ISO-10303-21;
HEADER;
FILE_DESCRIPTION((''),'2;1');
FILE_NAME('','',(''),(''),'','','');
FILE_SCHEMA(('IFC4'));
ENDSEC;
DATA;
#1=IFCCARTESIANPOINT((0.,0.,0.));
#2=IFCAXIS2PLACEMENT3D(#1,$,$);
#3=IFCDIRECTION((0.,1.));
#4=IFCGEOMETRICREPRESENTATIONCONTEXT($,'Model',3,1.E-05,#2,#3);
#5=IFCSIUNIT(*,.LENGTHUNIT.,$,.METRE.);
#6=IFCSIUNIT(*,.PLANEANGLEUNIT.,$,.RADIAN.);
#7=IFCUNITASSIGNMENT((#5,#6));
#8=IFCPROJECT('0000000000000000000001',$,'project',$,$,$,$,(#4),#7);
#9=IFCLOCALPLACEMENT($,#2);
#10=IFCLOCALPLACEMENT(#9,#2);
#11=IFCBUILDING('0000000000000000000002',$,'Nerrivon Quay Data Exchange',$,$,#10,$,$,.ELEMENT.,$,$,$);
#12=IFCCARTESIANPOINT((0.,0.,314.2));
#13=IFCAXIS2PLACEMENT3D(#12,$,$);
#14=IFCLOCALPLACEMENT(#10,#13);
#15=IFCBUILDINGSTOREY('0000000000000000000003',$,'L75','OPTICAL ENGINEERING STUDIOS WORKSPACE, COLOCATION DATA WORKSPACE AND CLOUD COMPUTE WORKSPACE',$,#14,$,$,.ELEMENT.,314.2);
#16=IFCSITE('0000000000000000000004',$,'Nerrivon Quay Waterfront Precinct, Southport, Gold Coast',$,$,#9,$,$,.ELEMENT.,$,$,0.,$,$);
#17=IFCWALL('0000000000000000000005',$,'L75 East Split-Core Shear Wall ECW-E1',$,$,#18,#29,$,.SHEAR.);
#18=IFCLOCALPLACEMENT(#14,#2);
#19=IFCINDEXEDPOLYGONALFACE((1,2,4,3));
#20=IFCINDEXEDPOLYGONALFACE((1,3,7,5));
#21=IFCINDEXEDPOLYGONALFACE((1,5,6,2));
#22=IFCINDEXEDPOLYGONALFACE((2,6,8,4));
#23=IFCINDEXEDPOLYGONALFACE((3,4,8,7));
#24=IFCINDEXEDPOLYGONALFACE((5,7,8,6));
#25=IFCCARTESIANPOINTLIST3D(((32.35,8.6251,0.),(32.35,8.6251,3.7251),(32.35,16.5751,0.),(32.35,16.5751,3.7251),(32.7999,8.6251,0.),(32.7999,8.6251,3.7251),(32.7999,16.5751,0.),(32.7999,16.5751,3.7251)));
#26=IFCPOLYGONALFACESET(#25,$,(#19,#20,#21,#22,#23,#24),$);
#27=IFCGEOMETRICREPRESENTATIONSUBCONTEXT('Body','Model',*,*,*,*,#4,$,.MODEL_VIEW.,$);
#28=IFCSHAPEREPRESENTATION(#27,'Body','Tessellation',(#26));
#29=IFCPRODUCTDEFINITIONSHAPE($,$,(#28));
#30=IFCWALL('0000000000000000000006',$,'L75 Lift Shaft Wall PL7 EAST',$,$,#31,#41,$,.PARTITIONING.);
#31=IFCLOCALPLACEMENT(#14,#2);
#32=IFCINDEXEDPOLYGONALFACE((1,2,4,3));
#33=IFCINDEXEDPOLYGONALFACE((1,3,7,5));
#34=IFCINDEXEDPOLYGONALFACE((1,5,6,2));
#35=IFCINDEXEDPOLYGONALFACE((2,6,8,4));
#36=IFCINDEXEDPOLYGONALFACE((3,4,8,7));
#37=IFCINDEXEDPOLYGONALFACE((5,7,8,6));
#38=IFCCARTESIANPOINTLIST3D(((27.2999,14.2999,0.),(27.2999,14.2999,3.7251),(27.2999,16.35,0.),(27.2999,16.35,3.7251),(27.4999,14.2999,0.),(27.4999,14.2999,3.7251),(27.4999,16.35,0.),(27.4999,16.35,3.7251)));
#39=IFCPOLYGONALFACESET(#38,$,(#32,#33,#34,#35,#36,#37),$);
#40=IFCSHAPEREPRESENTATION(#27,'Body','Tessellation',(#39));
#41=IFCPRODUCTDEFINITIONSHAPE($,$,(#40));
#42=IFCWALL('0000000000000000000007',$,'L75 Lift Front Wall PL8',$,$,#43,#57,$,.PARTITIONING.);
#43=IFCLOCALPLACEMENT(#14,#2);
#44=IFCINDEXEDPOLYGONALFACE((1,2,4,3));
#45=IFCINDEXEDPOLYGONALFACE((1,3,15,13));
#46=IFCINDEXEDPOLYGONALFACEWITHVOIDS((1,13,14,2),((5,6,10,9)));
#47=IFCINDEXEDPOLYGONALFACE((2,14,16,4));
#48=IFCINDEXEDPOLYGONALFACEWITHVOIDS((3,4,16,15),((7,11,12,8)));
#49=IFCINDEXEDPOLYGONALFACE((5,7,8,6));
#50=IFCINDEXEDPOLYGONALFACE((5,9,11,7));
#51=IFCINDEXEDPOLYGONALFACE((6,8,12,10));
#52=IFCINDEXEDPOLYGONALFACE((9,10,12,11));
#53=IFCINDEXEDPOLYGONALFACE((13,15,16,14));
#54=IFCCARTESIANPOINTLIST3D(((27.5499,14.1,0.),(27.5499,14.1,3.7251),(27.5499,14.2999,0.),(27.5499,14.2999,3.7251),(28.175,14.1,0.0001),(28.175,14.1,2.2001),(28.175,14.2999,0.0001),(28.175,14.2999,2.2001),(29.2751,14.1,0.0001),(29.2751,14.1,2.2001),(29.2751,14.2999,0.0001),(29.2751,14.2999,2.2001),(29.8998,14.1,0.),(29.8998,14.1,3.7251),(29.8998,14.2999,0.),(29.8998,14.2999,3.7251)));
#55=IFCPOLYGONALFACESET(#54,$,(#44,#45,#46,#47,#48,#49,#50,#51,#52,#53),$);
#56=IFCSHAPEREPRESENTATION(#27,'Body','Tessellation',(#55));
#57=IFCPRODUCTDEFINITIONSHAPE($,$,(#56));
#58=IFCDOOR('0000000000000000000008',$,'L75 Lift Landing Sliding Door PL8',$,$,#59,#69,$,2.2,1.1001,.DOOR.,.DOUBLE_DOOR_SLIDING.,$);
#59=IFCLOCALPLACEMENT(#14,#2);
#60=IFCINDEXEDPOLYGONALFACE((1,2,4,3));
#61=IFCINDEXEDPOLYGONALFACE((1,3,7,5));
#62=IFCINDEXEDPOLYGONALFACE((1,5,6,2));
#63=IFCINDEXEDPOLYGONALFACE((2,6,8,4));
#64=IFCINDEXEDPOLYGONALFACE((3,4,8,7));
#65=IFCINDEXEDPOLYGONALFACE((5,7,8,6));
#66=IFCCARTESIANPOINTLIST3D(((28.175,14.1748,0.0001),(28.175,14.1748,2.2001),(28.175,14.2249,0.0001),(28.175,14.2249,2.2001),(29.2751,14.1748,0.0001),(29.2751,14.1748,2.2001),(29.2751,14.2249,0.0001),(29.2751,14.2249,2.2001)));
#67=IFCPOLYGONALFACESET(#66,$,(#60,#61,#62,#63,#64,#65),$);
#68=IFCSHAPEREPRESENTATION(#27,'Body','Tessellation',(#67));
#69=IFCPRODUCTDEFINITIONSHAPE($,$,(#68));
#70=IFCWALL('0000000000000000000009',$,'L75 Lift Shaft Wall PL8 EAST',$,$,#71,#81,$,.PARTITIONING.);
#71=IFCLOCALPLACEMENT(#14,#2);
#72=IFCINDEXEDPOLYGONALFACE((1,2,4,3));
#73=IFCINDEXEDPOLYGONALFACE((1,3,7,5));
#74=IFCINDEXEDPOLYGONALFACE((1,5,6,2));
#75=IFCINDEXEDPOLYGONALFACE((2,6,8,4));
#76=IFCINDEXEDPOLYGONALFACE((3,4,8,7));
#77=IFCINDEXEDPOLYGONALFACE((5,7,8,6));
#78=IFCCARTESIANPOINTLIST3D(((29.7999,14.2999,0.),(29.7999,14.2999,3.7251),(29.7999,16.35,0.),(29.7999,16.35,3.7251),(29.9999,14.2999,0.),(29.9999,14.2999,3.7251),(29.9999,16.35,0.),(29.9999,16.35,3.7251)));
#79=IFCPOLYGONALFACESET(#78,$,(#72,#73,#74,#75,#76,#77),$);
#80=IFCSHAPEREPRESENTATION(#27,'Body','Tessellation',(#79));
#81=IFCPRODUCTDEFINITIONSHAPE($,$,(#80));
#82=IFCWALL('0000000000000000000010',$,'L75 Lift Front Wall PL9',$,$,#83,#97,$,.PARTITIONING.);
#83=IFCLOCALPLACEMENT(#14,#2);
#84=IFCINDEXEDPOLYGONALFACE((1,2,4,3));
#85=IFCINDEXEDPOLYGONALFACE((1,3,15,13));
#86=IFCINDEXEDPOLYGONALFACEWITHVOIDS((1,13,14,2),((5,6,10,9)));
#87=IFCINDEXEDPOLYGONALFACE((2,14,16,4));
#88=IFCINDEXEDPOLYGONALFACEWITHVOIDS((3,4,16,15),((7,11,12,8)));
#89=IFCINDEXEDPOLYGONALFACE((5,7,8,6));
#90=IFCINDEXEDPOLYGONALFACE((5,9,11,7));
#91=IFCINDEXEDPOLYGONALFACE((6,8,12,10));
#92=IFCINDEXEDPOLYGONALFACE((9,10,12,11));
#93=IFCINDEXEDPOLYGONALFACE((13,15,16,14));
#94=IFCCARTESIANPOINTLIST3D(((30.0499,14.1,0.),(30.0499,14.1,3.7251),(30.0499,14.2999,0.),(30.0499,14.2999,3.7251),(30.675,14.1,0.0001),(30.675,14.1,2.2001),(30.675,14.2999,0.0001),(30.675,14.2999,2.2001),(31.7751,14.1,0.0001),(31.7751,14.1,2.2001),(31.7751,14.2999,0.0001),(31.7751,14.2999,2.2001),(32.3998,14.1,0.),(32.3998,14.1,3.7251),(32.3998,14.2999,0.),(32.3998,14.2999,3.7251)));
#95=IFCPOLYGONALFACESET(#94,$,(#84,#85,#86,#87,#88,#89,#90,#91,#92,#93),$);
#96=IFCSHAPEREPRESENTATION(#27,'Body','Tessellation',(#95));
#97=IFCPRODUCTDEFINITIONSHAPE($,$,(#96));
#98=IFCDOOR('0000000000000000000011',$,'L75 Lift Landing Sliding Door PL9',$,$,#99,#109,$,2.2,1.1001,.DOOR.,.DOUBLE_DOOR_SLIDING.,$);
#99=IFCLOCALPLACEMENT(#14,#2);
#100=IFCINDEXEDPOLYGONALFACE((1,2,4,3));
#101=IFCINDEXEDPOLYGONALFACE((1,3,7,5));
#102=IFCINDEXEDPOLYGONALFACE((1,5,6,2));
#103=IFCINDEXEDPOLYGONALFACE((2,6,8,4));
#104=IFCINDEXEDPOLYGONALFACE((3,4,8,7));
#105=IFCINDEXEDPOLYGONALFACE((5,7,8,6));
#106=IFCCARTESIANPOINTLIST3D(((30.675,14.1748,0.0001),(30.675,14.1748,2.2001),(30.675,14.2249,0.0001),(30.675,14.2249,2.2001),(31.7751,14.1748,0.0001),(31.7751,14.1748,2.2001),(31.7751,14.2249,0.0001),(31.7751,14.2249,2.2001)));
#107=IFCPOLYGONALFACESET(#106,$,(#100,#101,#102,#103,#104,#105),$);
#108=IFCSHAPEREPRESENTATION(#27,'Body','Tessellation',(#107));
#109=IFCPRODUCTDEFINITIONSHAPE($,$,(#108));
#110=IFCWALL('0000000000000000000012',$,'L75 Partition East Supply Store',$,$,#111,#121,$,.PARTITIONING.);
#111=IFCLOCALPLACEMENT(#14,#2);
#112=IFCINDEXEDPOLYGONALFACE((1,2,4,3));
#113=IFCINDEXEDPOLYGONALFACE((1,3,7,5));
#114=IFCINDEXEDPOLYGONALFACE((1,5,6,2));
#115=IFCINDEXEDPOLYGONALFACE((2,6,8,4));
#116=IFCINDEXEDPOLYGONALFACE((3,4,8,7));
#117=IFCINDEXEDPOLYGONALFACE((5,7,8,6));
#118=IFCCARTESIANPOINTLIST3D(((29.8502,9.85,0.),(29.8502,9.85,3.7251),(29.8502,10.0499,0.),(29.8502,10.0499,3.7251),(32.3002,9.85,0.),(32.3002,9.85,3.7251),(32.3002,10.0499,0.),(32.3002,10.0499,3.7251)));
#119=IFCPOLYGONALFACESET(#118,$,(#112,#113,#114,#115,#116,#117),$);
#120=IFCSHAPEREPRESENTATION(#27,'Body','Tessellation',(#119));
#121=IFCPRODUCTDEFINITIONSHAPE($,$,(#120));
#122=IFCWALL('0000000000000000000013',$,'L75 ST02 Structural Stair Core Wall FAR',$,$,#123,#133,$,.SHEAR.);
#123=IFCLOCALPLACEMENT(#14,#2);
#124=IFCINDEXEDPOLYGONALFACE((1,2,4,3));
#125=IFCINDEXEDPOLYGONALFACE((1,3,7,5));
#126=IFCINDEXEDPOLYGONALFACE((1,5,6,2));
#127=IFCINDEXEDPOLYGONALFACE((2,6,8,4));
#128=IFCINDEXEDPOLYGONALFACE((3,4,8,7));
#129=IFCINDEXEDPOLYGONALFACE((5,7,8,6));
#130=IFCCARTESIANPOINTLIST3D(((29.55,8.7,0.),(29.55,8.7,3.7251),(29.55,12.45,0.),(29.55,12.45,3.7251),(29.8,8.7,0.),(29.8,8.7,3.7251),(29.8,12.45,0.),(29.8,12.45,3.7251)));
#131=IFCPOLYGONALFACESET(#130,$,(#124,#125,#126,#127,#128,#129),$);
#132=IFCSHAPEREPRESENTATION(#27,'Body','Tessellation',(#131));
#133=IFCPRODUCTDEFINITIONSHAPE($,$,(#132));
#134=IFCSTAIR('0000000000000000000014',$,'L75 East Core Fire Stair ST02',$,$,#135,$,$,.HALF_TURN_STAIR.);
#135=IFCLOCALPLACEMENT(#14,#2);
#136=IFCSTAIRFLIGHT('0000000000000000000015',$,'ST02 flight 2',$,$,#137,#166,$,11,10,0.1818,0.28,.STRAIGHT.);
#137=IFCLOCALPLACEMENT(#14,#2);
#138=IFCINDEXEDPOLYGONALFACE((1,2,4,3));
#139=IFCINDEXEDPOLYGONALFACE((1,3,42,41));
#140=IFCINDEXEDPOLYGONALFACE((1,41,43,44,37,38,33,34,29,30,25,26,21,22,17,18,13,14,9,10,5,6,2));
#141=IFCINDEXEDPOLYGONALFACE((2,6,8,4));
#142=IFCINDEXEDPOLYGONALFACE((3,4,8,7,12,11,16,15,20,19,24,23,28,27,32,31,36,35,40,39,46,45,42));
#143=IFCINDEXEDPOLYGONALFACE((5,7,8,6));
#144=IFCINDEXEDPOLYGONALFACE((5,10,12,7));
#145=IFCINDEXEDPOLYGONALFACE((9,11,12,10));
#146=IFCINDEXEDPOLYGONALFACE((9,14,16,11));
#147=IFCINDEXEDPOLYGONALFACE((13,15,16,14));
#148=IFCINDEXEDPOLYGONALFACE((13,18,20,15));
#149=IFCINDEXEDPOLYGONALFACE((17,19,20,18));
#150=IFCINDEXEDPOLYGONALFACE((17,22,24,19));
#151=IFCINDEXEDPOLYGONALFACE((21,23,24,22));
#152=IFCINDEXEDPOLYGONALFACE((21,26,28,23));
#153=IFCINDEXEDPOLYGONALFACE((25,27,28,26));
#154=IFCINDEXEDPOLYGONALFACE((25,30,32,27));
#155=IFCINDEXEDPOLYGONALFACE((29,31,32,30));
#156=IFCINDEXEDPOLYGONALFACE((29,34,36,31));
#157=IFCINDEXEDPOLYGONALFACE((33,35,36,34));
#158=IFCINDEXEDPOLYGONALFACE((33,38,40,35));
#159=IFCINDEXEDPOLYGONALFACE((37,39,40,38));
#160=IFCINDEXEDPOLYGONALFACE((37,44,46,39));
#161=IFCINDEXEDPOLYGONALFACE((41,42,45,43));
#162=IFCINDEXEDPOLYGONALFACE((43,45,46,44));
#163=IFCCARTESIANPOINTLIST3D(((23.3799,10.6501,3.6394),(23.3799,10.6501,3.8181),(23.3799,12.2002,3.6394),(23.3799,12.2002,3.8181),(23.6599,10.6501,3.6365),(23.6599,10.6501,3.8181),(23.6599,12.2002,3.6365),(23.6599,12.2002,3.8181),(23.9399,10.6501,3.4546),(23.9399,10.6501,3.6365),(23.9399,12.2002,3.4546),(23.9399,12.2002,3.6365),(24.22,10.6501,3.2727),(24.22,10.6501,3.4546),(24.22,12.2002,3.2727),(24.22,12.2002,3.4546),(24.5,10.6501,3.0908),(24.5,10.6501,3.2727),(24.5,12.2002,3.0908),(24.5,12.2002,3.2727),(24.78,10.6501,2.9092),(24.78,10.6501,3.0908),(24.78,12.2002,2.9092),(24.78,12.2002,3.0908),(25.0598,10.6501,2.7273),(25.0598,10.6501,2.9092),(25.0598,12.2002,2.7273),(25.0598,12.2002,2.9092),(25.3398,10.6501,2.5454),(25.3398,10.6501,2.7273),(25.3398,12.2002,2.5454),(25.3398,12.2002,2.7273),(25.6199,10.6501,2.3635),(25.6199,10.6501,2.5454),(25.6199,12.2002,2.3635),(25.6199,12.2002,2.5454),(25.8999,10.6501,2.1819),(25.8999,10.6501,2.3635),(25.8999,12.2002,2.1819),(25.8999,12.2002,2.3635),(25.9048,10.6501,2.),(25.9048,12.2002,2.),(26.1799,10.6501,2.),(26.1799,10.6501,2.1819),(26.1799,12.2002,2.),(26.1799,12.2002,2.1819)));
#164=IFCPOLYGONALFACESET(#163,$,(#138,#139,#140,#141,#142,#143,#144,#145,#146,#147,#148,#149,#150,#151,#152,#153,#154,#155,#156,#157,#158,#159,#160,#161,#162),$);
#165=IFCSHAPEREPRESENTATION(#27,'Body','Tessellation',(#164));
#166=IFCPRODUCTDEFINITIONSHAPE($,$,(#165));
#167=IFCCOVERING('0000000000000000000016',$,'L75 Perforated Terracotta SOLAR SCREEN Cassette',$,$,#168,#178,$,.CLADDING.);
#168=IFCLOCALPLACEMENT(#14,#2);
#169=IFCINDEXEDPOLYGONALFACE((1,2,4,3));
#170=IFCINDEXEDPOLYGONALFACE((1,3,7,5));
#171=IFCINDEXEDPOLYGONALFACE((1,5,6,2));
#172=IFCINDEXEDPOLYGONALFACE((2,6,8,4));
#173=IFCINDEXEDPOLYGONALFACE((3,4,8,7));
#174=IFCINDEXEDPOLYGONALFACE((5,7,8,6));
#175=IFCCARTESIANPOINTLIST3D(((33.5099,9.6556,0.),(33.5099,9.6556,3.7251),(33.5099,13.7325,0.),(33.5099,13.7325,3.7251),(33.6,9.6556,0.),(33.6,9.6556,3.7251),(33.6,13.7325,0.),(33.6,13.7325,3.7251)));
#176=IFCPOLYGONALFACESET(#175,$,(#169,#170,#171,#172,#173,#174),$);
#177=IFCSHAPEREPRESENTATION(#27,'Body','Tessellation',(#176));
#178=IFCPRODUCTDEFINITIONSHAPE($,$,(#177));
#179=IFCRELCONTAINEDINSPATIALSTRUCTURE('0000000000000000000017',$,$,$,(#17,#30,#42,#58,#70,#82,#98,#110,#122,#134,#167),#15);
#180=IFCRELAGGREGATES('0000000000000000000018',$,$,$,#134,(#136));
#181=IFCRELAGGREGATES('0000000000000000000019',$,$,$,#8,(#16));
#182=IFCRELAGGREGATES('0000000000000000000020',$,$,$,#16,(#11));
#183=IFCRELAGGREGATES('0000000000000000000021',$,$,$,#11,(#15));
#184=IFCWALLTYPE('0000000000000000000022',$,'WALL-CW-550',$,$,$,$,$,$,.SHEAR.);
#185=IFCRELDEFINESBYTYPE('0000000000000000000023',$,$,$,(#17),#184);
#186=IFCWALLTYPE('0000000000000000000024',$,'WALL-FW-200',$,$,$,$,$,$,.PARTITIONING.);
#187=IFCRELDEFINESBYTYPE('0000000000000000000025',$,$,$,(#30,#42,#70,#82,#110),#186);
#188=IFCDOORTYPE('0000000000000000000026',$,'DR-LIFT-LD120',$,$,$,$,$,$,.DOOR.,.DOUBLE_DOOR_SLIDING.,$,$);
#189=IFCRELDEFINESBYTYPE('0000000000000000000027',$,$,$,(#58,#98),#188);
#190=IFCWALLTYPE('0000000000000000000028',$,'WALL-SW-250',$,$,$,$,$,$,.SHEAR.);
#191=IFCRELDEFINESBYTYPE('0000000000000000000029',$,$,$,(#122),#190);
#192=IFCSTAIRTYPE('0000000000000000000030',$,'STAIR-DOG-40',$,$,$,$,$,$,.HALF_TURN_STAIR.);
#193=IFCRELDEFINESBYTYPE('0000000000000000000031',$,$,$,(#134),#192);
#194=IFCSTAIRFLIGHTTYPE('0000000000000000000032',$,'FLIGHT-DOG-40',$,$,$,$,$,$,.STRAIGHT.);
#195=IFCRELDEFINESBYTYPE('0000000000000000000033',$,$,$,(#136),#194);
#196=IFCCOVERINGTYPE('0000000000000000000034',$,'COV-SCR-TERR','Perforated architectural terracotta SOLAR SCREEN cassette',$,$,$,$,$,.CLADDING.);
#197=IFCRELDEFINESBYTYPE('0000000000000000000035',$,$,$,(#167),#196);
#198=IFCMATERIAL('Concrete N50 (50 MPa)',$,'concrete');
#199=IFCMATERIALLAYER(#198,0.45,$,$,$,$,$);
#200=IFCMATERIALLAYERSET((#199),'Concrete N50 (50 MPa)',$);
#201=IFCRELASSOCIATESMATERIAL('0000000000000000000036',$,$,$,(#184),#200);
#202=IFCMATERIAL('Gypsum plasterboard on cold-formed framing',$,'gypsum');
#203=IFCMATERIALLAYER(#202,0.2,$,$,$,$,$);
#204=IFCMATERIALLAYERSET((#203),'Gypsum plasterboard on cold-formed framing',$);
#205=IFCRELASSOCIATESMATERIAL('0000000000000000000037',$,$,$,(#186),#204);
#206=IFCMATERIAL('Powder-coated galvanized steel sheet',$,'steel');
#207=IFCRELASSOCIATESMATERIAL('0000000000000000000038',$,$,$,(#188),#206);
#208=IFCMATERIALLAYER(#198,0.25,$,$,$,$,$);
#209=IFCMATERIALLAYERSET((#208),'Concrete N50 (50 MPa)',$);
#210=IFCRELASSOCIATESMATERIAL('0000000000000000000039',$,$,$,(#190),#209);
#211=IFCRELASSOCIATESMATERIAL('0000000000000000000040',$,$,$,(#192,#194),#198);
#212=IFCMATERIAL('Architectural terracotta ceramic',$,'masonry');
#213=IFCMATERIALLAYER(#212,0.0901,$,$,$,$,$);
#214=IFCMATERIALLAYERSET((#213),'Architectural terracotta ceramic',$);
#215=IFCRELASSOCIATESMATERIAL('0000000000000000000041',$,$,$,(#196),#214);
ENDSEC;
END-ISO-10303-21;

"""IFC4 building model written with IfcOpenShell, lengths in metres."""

from ifc_helpers import new_model, si_unit, direction, frame, frame_2d, origin, origin_2d, place, context, subcontext, project, spatial, polyline, rectangle, outline, extrude, material, layer, layer_set, type_object, element, fill, aggregate, save


model = new_model("IFC4")

# Units and contexts
model_context = context("Model", 3, precision=1e-05, world=origin(), true_north=direction((0.0, 1.0)))
body_context = subcontext(model_context, "Body", "Model", "MODEL_VIEW")
ifc_project = project(units=[si_unit("LENGTHUNIT", "METRE"), si_unit("PLANEANGLEUNIT", "RADIAN")], contexts=[model_context])

# Site, building, storey
site_placement = place(None, origin())
site = spatial("IfcSite", under=ifc_project, at=site_placement, Name="Nerrivon Quay Waterfront Precinct, Southport, Gold Coast", CompositionType="ELEMENT", RefElevation=0.0)
building_placement = place(site_placement, origin())
building = spatial("IfcBuilding", under=site, at=building_placement, Name="Nerrivon Quay Data Exchange", CompositionType="ELEMENT")
storey_placement = place(building_placement, frame((0.0, 0.0, 314.2)))
storey = spatial("IfcBuildingStorey", under=building, at=storey_placement, Name="L75", Description="OPTICAL ENGINEERING STUDIOS WORKSPACE, COLOCATION DATA WORKSPACE AND CLOUD COMPUTE WORKSPACE", CompositionType="ELEMENT", Elevation=314.2)

# Shared definitions
ifc_material_1 = material(Name="Concrete N50 (50 MPa)", Category="concrete")

# Walls
ifc_layer_1 = layer(ifc_material_1, 0.45)
ifc_layer_set_1 = layer_set([ifc_layer_1], Name="Concrete N50 (50 MPa)")
wall_type_1 = type_object("IfcWallType", Name="WALL-CW-550", PredefinedType="SHEAR", material=ifc_layer_set_1)
wall_1_placement = place(storey_placement, frame((32.575, 8.625, 0.0), z_axis=(0.0, 0.0, 1.0), x_axis=(0.0, 1.0, 0.0)))
element("IfcWall", 1, at=wall_1_placement, inside=storey, type_object=wall_type_1, Name="L75 East Split-Core Shear Wall ECW-E1", PredefinedType="SHEAR", context=body_context, shape_type="SweptSolid", body=[
    extrude(rectangle(XDim=7.95, YDim=0.45, at=frame_2d((3.9751, 0.0))), origin(), (0.0, 0.0, 1.0), 3.7251),
])
ifc_material_2 = material(Name="Gypsum plasterboard on cold-formed framing", Category="gypsum")
ifc_layer_2 = layer(ifc_material_2, 0.2)
ifc_layer_set_2 = layer_set([ifc_layer_2], Name="Gypsum plasterboard on cold-formed framing")
wall_type_2 = type_object("IfcWallType", Name="WALL-FW-200", PredefinedType="PARTITIONING", material=ifc_layer_set_2)
wall_2_placement = place(storey_placement, frame((27.3999, 14.3, 0.0), z_axis=(0.0, 0.0, 1.0), x_axis=(0.0, 1.0, 0.0)))
element("IfcWall", 2, at=wall_2_placement, inside=storey, type_object=wall_type_2, Name="L75 Lift Shaft Wall PL7 EAST", PredefinedType="PARTITIONING", context=body_context, shape_type="SweptSolid", body=[
    extrude(rectangle(XDim=2.05, YDim=0.2, at=frame_2d((1.0249, 0.0))), origin(), (0.0, 0.0, 1.0), 3.7251),
])

# Wall, opening, door
wall_3_placement = place(storey_placement, frame((27.55, 14.2, 0.0), z_axis=(0.0, 0.0, 1.0), x_axis=(1.0, 0.0, 0.0)))
wall_3 = element("IfcWall", 3, at=wall_3_placement, inside=storey, type_object=wall_type_2, Name="L75 Lift Front Wall PL8", PredefinedType="PARTITIONING", context=body_context, shape_type="SweptSolid", body=[
    extrude(rectangle(XDim=2.3499, YDim=0.2, at=frame_2d((1.1748, 0.0))), origin(), (0.0, 0.0, 1.0), 3.7251),
])
opening_1_placement = place(wall_3_placement, frame((0.625, 0.0, 0.0)))
opening_1 = element("IfcOpeningElement", 4, at=opening_1_placement, cuts=wall_3, PredefinedType="OPENING", context=body_context, shape_type="SweptSolid", body=[
    extrude(rectangle(XDim=1.1001, YDim=2.2, at=frame_2d((0.55, 1.1001))), frame((0.0, 0.1099, 0.0), z_axis=(0.0, -1.0, 0.0), x_axis=(1.0, 0.0, 0.0)), (0.0, 0.0, 1.0), 0.22),
])
ifc_material_3 = material(Name="Powder-coated galvanized steel sheet", Category="steel")
door_type_1 = type_object("IfcDoorType", Name="DR-LIFT-LD120", OperationType="DOUBLE_DOOR_SLIDING", PredefinedType="DOOR", material=ifc_material_3)
door_1_placement = place(opening_1_placement, origin())
door_1 = element("IfcDoor", 5, at=door_1_placement, inside=storey, type_object=door_type_1, Name="L75 Lift Landing Sliding Door PL8", OperationType="DOUBLE_DOOR_SLIDING", OverallHeight=2.2, OverallWidth=1.1001, PredefinedType="DOOR", context=body_context, shape_type="SweptSolid", body=[
    extrude(rectangle(XDim=1.1001, YDim=2.2, at=frame_2d((0.55, 1.1001))), frame((0.0, 0.0249, 0.0), z_axis=(0.0, -1.0, 0.0), x_axis=(1.0, 0.0, 0.0)), (0.0, 0.0, 1.0), 0.05),
])
fill(opening_1, door_1)

# Wall
wall_4_placement = place(storey_placement, frame((29.8999, 14.3, 0.0), z_axis=(0.0, 0.0, 1.0), x_axis=(0.0, 1.0, 0.0)))
element("IfcWall", 6, at=wall_4_placement, inside=storey, type_object=wall_type_2, Name="L75 Lift Shaft Wall PL8 EAST", PredefinedType="PARTITIONING", context=body_context, shape_type="SweptSolid", body=[
    extrude(rectangle(XDim=2.05, YDim=0.2, at=frame_2d((1.0249, 0.0))), origin(), (0.0, 0.0, 1.0), 3.7251),
])

# Wall, opening, door
wall_5_placement = place(storey_placement, frame((30.05, 14.2, 0.0), z_axis=(0.0, 0.0, 1.0), x_axis=(1.0, 0.0, 0.0)))
wall_5 = element("IfcWall", 7, at=wall_5_placement, inside=storey, type_object=wall_type_2, Name="L75 Lift Front Wall PL9", PredefinedType="PARTITIONING", context=body_context, shape_type="SweptSolid", body=[
    extrude(rectangle(XDim=2.3499, YDim=0.2, at=frame_2d((1.1748, 0.0))), origin(), (0.0, 0.0, 1.0), 3.7251),
])
opening_2_placement = place(wall_5_placement, frame((0.625, 0.0, 0.0)))
opening_2 = element("IfcOpeningElement", 8, at=opening_2_placement, cuts=wall_5, PredefinedType="OPENING", context=body_context, shape_type="SweptSolid", body=[
    extrude(rectangle(XDim=1.1001, YDim=2.2, at=frame_2d((0.55, 1.1001))), frame((0.0, 0.1099, 0.0), z_axis=(0.0, -1.0, 0.0), x_axis=(1.0, 0.0, 0.0)), (0.0, 0.0, 1.0), 0.22),
])
door_2_placement = place(opening_2_placement, origin())
door_2 = element("IfcDoor", 9, at=door_2_placement, inside=storey, type_object=door_type_1, Name="L75 Lift Landing Sliding Door PL9", OperationType="DOUBLE_DOOR_SLIDING", OverallHeight=2.2, OverallWidth=1.1001, PredefinedType="DOOR", context=body_context, shape_type="SweptSolid", body=[
    extrude(rectangle(XDim=1.1001, YDim=2.2, at=frame_2d((0.55, 1.1001))), frame((0.0, 0.0249, 0.0), z_axis=(0.0, -1.0, 0.0), x_axis=(1.0, 0.0, 0.0)), (0.0, 0.0, 1.0), 0.05),
])
fill(opening_2, door_2)

# Walls
wall_6_placement = place(storey_placement, frame((29.8501, 9.95, 0.0), z_axis=(0.0, 0.0, 1.0), x_axis=(1.0, 0.0, 0.0)))
element("IfcWall", 10, at=wall_6_placement, inside=storey, type_object=wall_type_2, Name="L75 Partition East Supply Store", PredefinedType="PARTITIONING", context=body_context, shape_type="SweptSolid", body=[
    extrude(rectangle(XDim=2.45, YDim=0.2, at=frame_2d((1.2251, 0.0))), origin(), (0.0, 0.0, 1.0), 3.7251),
])
ifc_layer_3 = layer(ifc_material_1, 0.25)
ifc_layer_set_3 = layer_set([ifc_layer_3], Name="Concrete N50 (50 MPa)")
wall_type_3 = type_object("IfcWallType", Name="WALL-SW-250", PredefinedType="SHEAR", material=ifc_layer_set_3)
wall_7_placement = place(storey_placement, frame((29.675, 8.7, 0.0), z_axis=(0.0, 0.0, 1.0), x_axis=(0.0, 1.0, 0.0)))
element("IfcWall", 11, at=wall_7_placement, inside=storey, type_object=wall_type_3, Name="L75 ST02 Structural Stair Core Wall FAR", PredefinedType="SHEAR", context=body_context, shape_type="SweptSolid", body=[
    extrude(rectangle(XDim=3.75, YDim=0.25, at=frame_2d((1.875, 0.0))), origin(), (0.0, 0.0, 1.0), 3.7251),
])

# Stair, stair flight
stair_type = type_object("IfcStairType", Name="STAIR-DOG-40", PredefinedType="HALF_TURN_STAIR", material=ifc_material_1)
stair_placement = place(storey_placement, origin())
stair = element("IfcStair", 12, at=stair_placement, inside=storey, type_object=stair_type, Name="L75 East Core Fire Stair ST02", PredefinedType="HALF_TURN_STAIR")
stair_flight_type = type_object("IfcStairFlightType", Name="FLIGHT-DOG-40", PredefinedType="STRAIGHT", material=ifc_material_1)
stair_flight_placement = place(storey_placement, frame((26.1799, 11.425, 2.0), z_axis=(0.0, 0.0, 1.0), x_axis=(-1.0, 0.0, 0.0)))
stair_flight = element("IfcStairFlight", 13, at=stair_flight_placement, type_object=stair_flight_type, Name="ST02 flight 2", NumberOfRisers=11, NumberOfTreads=10, PredefinedType="STRAIGHT", RiserHeight=0.1818, TreadLength=0.28, context=body_context, shape_type="SweptSolid", body=[
    extrude(outline(polyline([(0.0, 0.0), (0.0, 0.1819), (0.28, 0.1819), (0.28, 0.3635), (0.5601, 0.3635), (0.5601, 0.5454), (0.8401, 0.5454), (0.8401, 0.7273), (1.1201, 0.7273), (1.1201, 0.9092), (1.3999, 0.9092), (1.3999, 1.0908), (1.6799, 1.0908), (1.6799, 1.2727), (1.96, 1.2727), (1.96, 1.4546), (2.24, 1.4546), (2.24, 1.6365), (2.52, 1.6365), (2.52, 1.8181), (2.8, 1.8181), (2.8, 2.0), (2.8, 1.6394), (0.2751, 0.0), (0.0, 0.0)])), frame((0.0, 0.7749, 0.0), z_axis=(0.0, -1.0, 0.0), x_axis=(1.0, 0.0, 0.0)), (0.0, 0.0, 1.0), 1.55),
])
aggregate(stair, [stair_flight])

# Covering
ifc_material_4 = material(Name="Architectural terracotta ceramic", Category="masonry")
ifc_layer_4 = layer(ifc_material_4, 0.0901)
ifc_layer_set_4 = layer_set([ifc_layer_4], Name="Architectural terracotta ceramic")
covering_type = type_object("IfcCoveringType", Name="COV-SCR-TERR", Description="Perforated architectural terracotta SOLAR SCREEN cassette", PredefinedType="CLADDING", material=ifc_layer_set_4)
covering_placement = place(storey_placement, frame((33.5549, 11.6941, 0.0), z_axis=(0.0, 0.0, 1.0), x_axis=(0.0, -1.0, 0.0)))
element("IfcCovering", 14, at=covering_placement, inside=storey, type_object=covering_type, Name="L75 Perforated Terracotta SOLAR SCREEN Cassette", PredefinedType="CLADDING", context=body_context, shape_type="SweptSolid", body=[
    extrude(rectangle(XDim=4.0769, YDim=0.0901, at=origin_2d()), origin(), (0.0, 0.0, 1.0), 3.7251),
])

save(model, "model.ifc")
